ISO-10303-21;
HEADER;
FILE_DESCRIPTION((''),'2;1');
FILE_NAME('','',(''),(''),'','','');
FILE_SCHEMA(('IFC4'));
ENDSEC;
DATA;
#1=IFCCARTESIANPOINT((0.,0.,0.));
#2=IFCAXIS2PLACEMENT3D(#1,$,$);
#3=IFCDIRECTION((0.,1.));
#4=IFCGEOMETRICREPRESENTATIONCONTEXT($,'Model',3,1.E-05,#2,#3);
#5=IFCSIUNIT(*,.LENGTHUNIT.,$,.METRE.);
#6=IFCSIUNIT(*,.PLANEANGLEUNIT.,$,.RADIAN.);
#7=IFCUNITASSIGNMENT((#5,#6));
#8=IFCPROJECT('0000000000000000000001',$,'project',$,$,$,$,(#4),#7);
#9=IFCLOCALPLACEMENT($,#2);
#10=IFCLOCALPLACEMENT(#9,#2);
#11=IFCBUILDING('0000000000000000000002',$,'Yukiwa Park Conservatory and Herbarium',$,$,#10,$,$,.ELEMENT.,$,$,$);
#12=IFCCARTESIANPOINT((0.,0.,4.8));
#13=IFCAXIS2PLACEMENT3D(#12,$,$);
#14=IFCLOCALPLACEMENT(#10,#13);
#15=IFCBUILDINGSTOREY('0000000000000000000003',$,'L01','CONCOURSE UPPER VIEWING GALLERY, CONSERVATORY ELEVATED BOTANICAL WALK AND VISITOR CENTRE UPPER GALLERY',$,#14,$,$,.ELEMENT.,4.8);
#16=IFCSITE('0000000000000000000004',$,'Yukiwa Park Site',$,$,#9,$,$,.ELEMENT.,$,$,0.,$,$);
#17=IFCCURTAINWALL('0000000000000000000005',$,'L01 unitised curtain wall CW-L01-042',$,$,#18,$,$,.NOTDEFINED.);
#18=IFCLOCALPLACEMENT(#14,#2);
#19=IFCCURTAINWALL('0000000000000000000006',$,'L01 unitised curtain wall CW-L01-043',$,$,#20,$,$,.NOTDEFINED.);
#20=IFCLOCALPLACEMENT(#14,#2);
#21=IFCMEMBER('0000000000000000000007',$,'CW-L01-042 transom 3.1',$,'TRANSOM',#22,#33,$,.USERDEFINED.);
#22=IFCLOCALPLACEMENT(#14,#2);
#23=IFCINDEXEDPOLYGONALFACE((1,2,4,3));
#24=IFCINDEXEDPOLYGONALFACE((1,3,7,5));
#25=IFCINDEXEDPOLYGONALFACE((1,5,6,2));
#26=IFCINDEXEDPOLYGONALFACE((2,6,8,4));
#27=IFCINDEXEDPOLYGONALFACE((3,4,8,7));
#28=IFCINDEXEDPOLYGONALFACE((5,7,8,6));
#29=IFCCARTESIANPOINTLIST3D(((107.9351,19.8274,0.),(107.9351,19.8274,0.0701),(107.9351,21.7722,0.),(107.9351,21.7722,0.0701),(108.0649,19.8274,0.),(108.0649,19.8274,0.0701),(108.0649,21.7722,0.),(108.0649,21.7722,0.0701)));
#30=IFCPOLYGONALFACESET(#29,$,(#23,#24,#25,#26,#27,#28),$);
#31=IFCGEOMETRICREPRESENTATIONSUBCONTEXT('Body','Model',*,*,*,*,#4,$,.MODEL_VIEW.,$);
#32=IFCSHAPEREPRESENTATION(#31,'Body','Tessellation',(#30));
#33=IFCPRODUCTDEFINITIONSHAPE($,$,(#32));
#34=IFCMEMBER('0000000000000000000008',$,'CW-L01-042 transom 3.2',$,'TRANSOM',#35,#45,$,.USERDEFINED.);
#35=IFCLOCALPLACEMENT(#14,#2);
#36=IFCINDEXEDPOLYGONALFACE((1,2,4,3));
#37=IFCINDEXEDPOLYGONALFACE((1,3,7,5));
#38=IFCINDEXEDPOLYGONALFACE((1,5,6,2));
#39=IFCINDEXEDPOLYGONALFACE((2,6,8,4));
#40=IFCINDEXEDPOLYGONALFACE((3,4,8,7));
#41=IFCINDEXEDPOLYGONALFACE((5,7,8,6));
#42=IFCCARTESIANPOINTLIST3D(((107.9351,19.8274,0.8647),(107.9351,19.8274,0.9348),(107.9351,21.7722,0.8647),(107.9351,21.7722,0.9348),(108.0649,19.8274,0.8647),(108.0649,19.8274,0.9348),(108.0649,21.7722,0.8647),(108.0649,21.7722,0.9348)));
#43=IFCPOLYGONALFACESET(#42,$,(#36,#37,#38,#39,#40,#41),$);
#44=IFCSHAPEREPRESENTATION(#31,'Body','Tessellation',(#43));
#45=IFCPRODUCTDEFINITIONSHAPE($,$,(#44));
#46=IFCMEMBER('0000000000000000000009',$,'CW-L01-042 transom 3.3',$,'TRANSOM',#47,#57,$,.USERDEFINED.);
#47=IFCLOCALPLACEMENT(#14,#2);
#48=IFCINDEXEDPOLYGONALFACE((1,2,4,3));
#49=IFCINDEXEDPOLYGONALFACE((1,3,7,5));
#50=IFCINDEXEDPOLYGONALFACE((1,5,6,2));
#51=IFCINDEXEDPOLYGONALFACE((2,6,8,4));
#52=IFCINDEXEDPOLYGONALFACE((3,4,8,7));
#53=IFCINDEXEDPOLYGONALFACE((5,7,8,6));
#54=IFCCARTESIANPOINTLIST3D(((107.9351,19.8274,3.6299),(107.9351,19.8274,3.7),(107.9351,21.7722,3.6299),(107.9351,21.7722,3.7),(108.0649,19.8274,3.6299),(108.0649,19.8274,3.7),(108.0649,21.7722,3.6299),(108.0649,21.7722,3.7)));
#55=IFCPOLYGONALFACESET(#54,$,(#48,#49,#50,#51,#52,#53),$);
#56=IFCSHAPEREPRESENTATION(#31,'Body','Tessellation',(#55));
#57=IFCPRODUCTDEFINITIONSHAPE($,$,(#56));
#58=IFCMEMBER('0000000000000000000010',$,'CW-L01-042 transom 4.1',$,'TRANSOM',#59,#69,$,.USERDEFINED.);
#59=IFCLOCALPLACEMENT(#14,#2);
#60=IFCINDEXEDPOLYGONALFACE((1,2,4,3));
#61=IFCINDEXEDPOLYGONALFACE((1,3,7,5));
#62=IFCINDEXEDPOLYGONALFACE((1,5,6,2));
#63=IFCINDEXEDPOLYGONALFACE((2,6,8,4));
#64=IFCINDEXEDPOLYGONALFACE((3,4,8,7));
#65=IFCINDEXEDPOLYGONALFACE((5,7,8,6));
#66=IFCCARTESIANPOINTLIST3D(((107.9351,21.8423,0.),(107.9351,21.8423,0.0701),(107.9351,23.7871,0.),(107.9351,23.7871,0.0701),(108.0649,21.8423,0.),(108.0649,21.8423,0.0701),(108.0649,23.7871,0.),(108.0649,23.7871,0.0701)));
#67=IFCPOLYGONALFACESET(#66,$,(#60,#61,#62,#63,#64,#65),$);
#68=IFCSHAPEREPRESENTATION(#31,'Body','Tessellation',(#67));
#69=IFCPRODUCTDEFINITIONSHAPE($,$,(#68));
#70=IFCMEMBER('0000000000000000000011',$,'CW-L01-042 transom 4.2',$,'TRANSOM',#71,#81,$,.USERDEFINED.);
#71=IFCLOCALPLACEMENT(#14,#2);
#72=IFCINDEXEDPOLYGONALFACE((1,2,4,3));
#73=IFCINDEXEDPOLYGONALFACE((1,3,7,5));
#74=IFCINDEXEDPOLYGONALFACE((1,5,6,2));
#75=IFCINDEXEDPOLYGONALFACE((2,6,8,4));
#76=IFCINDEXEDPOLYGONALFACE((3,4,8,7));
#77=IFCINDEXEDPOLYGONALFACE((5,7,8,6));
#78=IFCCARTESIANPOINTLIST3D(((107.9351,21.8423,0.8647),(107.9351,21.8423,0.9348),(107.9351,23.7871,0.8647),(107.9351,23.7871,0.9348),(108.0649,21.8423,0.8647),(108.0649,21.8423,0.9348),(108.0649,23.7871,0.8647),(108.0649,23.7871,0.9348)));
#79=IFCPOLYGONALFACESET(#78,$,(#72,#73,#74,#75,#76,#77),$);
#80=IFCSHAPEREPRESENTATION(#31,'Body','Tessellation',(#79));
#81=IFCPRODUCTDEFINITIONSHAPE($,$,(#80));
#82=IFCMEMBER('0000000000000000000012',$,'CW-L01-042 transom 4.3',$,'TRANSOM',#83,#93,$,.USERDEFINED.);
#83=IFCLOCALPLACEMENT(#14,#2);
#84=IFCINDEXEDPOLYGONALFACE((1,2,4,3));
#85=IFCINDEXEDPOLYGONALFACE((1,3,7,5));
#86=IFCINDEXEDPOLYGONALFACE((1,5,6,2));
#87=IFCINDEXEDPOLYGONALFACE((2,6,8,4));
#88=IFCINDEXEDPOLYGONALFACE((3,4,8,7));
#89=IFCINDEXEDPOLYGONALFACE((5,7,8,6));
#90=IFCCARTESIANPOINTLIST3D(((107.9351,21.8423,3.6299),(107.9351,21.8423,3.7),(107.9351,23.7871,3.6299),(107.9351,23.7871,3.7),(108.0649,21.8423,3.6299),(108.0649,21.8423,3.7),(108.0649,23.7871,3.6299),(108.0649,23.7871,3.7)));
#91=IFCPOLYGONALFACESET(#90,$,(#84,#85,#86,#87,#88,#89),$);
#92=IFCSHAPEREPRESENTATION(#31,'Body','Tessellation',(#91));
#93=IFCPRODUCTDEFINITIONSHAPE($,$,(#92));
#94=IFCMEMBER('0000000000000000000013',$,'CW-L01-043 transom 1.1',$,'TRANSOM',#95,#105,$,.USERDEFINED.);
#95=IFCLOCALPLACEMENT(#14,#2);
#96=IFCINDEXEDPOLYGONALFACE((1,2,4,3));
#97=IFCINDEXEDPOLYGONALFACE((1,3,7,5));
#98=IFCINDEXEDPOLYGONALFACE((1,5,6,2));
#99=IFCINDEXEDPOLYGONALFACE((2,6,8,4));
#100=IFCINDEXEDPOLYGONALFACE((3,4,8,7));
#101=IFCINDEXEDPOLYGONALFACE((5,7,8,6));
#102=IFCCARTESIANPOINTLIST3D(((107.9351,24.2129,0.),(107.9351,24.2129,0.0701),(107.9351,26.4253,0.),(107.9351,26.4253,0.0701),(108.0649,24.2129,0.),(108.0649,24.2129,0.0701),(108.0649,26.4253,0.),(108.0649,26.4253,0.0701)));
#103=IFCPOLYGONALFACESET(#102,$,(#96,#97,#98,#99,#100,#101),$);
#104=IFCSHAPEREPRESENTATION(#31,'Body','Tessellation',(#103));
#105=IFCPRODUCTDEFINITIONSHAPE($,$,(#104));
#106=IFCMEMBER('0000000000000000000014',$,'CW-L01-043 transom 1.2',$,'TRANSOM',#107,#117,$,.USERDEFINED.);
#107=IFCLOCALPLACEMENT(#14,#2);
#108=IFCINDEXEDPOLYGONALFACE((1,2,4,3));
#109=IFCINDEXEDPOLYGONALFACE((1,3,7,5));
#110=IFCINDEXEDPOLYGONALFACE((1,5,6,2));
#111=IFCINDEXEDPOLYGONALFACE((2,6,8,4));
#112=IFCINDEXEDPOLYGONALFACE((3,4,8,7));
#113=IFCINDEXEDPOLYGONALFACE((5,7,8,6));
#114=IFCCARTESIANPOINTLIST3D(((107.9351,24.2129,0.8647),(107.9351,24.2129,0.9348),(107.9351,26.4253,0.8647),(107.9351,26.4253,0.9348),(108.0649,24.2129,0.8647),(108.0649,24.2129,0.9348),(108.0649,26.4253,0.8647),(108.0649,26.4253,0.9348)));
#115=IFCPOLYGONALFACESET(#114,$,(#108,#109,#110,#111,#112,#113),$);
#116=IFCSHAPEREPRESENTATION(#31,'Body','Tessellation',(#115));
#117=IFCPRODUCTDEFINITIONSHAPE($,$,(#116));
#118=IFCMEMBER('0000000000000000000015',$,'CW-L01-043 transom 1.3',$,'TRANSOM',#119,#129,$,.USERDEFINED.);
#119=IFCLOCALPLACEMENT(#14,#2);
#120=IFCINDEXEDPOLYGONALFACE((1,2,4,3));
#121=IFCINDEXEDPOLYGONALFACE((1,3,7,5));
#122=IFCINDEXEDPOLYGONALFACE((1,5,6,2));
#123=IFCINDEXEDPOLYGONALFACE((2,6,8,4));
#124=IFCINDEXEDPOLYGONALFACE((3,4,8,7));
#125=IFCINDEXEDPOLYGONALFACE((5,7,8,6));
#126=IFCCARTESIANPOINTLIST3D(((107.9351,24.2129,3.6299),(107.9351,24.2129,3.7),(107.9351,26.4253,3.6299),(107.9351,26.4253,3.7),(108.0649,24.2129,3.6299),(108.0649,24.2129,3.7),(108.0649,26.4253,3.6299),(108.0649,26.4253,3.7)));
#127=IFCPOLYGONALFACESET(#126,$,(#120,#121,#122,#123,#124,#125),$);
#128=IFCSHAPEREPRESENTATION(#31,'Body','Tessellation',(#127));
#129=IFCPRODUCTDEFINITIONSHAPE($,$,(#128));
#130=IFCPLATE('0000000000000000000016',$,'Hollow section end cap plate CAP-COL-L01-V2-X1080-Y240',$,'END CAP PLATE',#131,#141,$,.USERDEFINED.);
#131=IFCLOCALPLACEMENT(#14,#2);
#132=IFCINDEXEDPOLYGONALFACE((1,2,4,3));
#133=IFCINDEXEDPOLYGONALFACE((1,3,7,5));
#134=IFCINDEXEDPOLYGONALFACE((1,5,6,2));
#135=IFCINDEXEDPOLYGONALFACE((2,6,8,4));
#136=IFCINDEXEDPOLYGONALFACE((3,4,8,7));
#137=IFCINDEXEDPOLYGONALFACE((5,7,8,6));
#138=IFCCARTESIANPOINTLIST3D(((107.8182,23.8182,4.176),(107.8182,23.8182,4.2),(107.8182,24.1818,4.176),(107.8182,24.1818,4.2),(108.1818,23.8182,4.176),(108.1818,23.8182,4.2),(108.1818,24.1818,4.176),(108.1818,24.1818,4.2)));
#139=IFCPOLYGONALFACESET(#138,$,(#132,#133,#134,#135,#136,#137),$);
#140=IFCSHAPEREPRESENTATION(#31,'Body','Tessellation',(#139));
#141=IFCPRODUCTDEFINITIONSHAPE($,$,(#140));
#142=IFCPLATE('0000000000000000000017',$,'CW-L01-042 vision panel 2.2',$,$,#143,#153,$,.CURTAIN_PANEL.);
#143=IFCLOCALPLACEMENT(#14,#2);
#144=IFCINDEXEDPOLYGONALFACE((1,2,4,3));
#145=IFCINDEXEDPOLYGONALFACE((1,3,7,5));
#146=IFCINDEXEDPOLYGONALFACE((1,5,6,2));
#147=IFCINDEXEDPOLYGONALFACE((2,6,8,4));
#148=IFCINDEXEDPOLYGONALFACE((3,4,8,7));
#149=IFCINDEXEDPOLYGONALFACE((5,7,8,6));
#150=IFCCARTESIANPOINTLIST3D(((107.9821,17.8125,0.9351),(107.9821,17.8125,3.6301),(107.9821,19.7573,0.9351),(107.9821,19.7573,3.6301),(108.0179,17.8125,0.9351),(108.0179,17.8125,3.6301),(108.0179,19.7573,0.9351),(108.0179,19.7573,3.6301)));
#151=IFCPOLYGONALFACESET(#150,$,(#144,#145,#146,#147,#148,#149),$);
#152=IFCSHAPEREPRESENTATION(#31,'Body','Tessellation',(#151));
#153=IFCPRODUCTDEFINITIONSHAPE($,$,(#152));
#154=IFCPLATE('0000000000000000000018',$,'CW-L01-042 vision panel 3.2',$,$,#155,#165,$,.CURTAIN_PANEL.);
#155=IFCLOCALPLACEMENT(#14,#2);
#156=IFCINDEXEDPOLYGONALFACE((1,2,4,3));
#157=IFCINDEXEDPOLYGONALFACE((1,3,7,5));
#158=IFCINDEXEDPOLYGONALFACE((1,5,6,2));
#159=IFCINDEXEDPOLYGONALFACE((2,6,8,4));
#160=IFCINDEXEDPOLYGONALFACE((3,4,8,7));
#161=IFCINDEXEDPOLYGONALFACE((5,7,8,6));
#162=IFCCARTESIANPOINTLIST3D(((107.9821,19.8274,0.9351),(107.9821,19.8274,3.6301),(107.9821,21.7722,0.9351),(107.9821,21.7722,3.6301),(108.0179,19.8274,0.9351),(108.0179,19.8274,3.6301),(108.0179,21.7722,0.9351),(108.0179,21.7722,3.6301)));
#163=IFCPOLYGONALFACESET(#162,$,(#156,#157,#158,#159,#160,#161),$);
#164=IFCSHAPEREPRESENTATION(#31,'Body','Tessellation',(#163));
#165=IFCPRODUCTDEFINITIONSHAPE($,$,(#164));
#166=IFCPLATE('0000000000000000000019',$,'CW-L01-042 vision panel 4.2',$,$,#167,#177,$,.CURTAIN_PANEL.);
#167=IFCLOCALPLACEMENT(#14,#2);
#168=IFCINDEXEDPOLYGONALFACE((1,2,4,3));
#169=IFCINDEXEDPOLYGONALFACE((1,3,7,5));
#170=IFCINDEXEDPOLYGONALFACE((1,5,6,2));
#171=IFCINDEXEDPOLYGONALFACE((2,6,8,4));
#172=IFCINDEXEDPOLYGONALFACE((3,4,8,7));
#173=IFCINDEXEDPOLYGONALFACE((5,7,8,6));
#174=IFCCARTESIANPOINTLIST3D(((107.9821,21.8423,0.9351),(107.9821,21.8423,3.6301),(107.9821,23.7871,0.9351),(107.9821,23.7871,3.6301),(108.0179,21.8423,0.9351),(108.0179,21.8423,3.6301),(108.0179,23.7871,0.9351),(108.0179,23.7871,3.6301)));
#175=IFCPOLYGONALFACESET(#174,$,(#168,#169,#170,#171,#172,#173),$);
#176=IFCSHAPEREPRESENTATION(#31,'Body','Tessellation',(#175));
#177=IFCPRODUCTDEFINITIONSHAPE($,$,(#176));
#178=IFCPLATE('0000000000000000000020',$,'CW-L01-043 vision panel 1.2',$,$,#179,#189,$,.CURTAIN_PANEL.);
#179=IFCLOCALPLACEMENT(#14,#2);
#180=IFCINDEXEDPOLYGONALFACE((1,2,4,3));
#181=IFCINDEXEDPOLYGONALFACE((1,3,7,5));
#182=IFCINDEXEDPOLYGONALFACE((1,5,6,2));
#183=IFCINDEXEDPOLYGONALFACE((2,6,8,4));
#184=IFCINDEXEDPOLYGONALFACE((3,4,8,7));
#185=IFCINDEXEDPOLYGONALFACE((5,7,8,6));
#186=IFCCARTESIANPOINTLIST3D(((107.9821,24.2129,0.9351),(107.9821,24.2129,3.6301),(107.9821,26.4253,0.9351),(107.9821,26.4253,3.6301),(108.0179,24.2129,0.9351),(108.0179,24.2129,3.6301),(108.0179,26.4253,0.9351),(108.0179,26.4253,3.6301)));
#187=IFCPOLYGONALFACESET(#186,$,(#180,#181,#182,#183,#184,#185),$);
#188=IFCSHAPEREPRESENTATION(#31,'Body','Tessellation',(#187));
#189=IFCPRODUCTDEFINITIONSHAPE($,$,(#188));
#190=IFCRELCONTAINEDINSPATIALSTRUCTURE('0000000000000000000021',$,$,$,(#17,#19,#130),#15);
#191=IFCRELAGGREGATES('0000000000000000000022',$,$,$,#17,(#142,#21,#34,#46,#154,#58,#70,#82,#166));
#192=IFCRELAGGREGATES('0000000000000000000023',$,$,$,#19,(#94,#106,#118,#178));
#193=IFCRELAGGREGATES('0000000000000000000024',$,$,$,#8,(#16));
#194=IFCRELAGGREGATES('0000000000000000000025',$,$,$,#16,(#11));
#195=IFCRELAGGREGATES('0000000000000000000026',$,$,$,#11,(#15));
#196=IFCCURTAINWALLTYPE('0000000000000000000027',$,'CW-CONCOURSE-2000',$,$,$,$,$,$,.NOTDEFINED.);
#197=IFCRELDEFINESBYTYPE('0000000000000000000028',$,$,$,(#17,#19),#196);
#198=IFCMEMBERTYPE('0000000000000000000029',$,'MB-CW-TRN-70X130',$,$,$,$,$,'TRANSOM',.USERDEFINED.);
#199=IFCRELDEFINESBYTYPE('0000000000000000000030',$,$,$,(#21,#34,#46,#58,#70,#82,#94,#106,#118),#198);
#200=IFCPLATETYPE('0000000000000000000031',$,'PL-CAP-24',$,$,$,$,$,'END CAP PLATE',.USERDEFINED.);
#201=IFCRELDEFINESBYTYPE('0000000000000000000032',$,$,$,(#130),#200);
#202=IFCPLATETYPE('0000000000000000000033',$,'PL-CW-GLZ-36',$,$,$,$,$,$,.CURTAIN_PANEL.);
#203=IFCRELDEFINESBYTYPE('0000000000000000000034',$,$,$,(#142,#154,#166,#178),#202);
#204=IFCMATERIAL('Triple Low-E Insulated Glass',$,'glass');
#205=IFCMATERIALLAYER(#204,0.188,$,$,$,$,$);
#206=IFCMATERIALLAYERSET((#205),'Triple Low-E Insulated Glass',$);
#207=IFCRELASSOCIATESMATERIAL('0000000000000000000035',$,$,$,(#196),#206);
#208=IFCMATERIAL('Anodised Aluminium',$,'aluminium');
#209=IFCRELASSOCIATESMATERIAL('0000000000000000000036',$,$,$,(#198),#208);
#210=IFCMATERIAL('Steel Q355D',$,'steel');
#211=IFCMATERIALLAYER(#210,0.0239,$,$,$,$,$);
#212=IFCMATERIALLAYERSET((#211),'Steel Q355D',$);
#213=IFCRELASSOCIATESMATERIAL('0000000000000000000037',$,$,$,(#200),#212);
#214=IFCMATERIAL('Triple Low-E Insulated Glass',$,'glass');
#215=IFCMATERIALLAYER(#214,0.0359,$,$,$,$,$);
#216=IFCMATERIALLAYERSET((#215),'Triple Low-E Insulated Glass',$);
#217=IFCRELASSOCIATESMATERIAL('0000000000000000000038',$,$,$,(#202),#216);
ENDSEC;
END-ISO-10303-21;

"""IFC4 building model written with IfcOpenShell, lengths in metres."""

from ifc_helpers import new_model, si_unit, direction, frame, origin, origin_2d, place, context, subcontext, project, spatial, rectangle, extrude, material, layer, layer_set, type_object, element, aggregate, save


model = new_model("IFC4")

# Units and contexts
model_context = context("Model", 3, precision=1e-05, world=origin(), true_north=direction((0.0, 1.0)))
body_context = subcontext(model_context, "Body", "Model", "MODEL_VIEW")
ifc_project = project(units=[si_unit("LENGTHUNIT", "METRE"), si_unit("PLANEANGLEUNIT", "RADIAN")], contexts=[model_context])

# Site, building, storey
site_placement = place(None, origin())
site = spatial("IfcSite", under=ifc_project, at=site_placement, Name="Yukiwa Park Site", CompositionType="ELEMENT", RefElevation=0.0)
building_placement = place(site_placement, origin())
building = spatial("IfcBuilding", under=site, at=building_placement, Name="Yukiwa Park Conservatory and Herbarium", CompositionType="ELEMENT")
storey_placement = place(building_placement, frame((0.0, 0.0, 4.8)))
storey = spatial("IfcBuildingStorey", under=building, at=storey_placement, Name="L01", Description="CONCOURSE UPPER VIEWING GALLERY, CONSERVATORY ELEVATED BOTANICAL WALK AND VISITOR CENTRE UPPER GALLERY", CompositionType="ELEMENT", Elevation=4.8)

# Curtain walls
ifc_material_1 = material(Name="Triple Low-E Insulated Glass", Category="glass")
ifc_layer_1 = layer(ifc_material_1, 0.188)
ifc_layer_set_1 = layer_set([ifc_layer_1], Name="Triple Low-E Insulated Glass")
curtain_wall_type = type_object("IfcCurtainWallType", Name="CW-CONCOURSE-2000", PredefinedType="NOTDEFINED", material=ifc_layer_set_1)
curtain_wall_1_placement = place(storey_placement, origin())
curtain_wall_1 = element("IfcCurtainWall", 1, at=curtain_wall_1_placement, inside=storey, type_object=curtain_wall_type, Name="L01 unitised curtain wall CW-L01-042", PredefinedType="NOTDEFINED")
curtain_wall_2_placement = place(storey_placement, origin())
curtain_wall_2 = element("IfcCurtainWall", 2, at=curtain_wall_2_placement, inside=storey, type_object=curtain_wall_type, Name="L01 unitised curtain wall CW-L01-043", PredefinedType="NOTDEFINED")

# Members
ifc_material_2 = material(Name="Anodised Aluminium", Category="aluminium")
member_type_1 = type_object("IfcMemberType", Name="MB-CW-TRN-70X130", ElementType="TRANSOM", PredefinedType="USERDEFINED", material=ifc_material_2)
member_1_placement = place(storey_placement, frame((108.0, 20.7998, 0.0), z_axis=(0.0, 0.0, 1.0), x_axis=(0.0, 1.0, 0.0)))
member_1 = element("IfcMember", 3, at=member_1_placement, type_object=member_type_1, Name="CW-L01-042 transom 3.1", ObjectType="TRANSOM", PredefinedType="USERDEFINED", context=body_context, shape_type="SweptSolid", body=[
    extrude(rectangle(XDim=1.9448, YDim=0.1299, at=origin_2d()), origin(), (0.0, 0.0, 1.0), 0.0701),
])
member_2_placement = place(storey_placement, frame((108.0, 20.7998, 0.8647), z_axis=(0.0, 0.0, 1.0), x_axis=(0.0, 1.0, 0.0)))
member_2 = element("IfcMember", 4, at=member_2_placement, type_object=member_type_1, Name="CW-L01-042 transom 3.2", ObjectType="TRANSOM", PredefinedType="USERDEFINED", context=body_context, shape_type="SweptSolid", body=[
    extrude(rectangle(XDim=1.9448, YDim=0.1299, at=origin_2d()), origin(), (0.0, 0.0, 1.0), 0.0701),
])
member_3_placement = place(storey_placement, frame((108.0, 20.7998, 3.6299), z_axis=(0.0, 0.0, 1.0), x_axis=(0.0, 1.0, 0.0)))
member_3 = element("IfcMember", 5, at=member_3_placement, type_object=member_type_1, Name="CW-L01-042 transom 3.3", ObjectType="TRANSOM", PredefinedType="USERDEFINED", context=body_context, shape_type="SweptSolid", body=[
    extrude(rectangle(XDim=1.9448, YDim=0.1299, at=origin_2d()), origin(), (0.0, 0.0, 1.0), 0.0701),
])
member_4_placement = place(storey_placement, frame((108.0, 22.8147, 0.0), z_axis=(0.0, 0.0, 1.0), x_axis=(0.0, 1.0, 0.0)))
member_4 = element("IfcMember", 6, at=member_4_placement, type_object=member_type_1, Name="CW-L01-042 transom 4.1", ObjectType="TRANSOM", PredefinedType="USERDEFINED", context=body_context, shape_type="SweptSolid", body=[
    extrude(rectangle(XDim=1.9448, YDim=0.1299, at=origin_2d()), origin(), (0.0, 0.0, 1.0), 0.0701),
])
member_5_placement = place(storey_placement, frame((108.0, 22.8147, 0.8647), z_axis=(0.0, 0.0, 1.0), x_axis=(0.0, 1.0, 0.0)))
member_5 = element("IfcMember", 7, at=member_5_placement, type_object=member_type_1, Name="CW-L01-042 transom 4.2", ObjectType="TRANSOM", PredefinedType="USERDEFINED", context=body_context, shape_type="SweptSolid", body=[
    extrude(rectangle(XDim=1.9448, YDim=0.1299, at=origin_2d()), origin(), (0.0, 0.0, 1.0), 0.0701),
])
member_6_placement = place(storey_placement, frame((108.0, 22.8147, 3.6299), z_axis=(0.0, 0.0, 1.0), x_axis=(0.0, 1.0, 0.0)))
member_6 = element("IfcMember", 8, at=member_6_placement, type_object=member_type_1, Name="CW-L01-042 transom 4.3", ObjectType="TRANSOM", PredefinedType="USERDEFINED", context=body_context, shape_type="SweptSolid", body=[
    extrude(rectangle(XDim=1.9448, YDim=0.1299, at=origin_2d()), origin(), (0.0, 0.0, 1.0), 0.0701),
])
member_7_placement = place(storey_placement, frame((108.0, 25.3191, 0.0), z_axis=(0.0, 0.0, 1.0), x_axis=(0.0, 1.0, 0.0)))
member_7 = element("IfcMember", 9, at=member_7_placement, type_object=member_type_1, Name="CW-L01-043 transom 1.1", ObjectType="TRANSOM", PredefinedType="USERDEFINED", context=body_context, shape_type="SweptSolid", body=[
    extrude(rectangle(XDim=2.2124, YDim=0.1299, at=origin_2d()), origin(), (0.0, 0.0, 1.0), 0.0701),
])
member_8_placement = place(storey_placement, frame((108.0, 25.3191, 0.8647), z_axis=(0.0, 0.0, 1.0), x_axis=(0.0, 1.0, 0.0)))
member_8 = element("IfcMember", 10, at=member_8_placement, type_object=member_type_1, Name="CW-L01-043 transom 1.2", ObjectType="TRANSOM", PredefinedType="USERDEFINED", context=body_context, shape_type="SweptSolid", body=[
    extrude(rectangle(XDim=2.2124, YDim=0.1299, at=origin_2d()), origin(), (0.0, 0.0, 1.0), 0.0701),
])
member_9_placement = place(storey_placement, frame((108.0, 25.3191, 3.6299), z_axis=(0.0, 0.0, 1.0), x_axis=(0.0, 1.0, 0.0)))
member_9 = element("IfcMember", 11, at=member_9_placement, type_object=member_type_1, Name="CW-L01-043 transom 1.3", ObjectType="TRANSOM", PredefinedType="USERDEFINED", context=body_context, shape_type="SweptSolid", body=[
    extrude(rectangle(XDim=2.2124, YDim=0.1299, at=origin_2d()), origin(), (0.0, 0.0, 1.0), 0.0701),
])

# Plates
ifc_material_3 = material(Name="Steel Q355D", Category="steel")
ifc_layer_2 = layer(ifc_material_3, 0.0239)
ifc_layer_set_2 = layer_set([ifc_layer_2], Name="Steel Q355D")
plate_type_1 = type_object("IfcPlateType", Name="PL-CAP-24", ElementType="END CAP PLATE", PredefinedType="USERDEFINED", material=ifc_layer_set_2)
plate_1_placement = place(storey_placement, frame((108.0, 24.0, 4.176), z_axis=(0.0, 0.0, 1.0), x_axis=(1.0, 0.0, 0.0)))
element("IfcPlate", 12, at=plate_1_placement, inside=storey, type_object=plate_type_1, Name="Hollow section end cap plate CAP-COL-L01-V2-X1080-Y240", ObjectType="END CAP PLATE", PredefinedType="USERDEFINED", context=body_context, shape_type="SweptSolid", body=[
    extrude(rectangle(XDim=0.3635, YDim=0.3635, at=origin_2d()), origin(), (0.0, 0.0, 1.0), 0.0239),
])
ifc_material_4 = material(Name="Triple Low-E Insulated Glass", Category="glass")
ifc_layer_3 = layer(ifc_material_4, 0.0359)
ifc_layer_set_3 = layer_set([ifc_layer_3], Name="Triple Low-E Insulated Glass")
plate_type_2 = type_object("IfcPlateType", Name="PL-CW-GLZ-36", PredefinedType="CURTAIN_PANEL", material=ifc_layer_set_3)
plate_2_placement = place(storey_placement, frame((108.0, 18.7849, 0.9351), z_axis=(0.0, 0.0, 1.0), x_axis=(0.0, 1.0, 0.0)))
plate_2 = element("IfcPlate", 13, at=plate_2_placement, type_object=plate_type_2, Name="CW-L01-042 vision panel 2.2", PredefinedType="CURTAIN_PANEL", context=body_context, shape_type="SweptSolid", body=[
    extrude(rectangle(XDim=1.9448, YDim=0.0359, at=origin_2d()), origin(), (0.0, 0.0, 1.0), 2.6951),
])
plate_3_placement = place(storey_placement, frame((108.0, 20.7998, 0.9351), z_axis=(0.0, 0.0, 1.0), x_axis=(0.0, 1.0, 0.0)))
plate_3 = element("IfcPlate", 14, at=plate_3_placement, type_object=plate_type_2, Name="CW-L01-042 vision panel 3.2", PredefinedType="CURTAIN_PANEL", context=body_context, shape_type="SweptSolid", body=[
    extrude(rectangle(XDim=1.9448, YDim=0.0359, at=origin_2d()), origin(), (0.0, 0.0, 1.0), 2.6951),
])
plate_4_placement = place(storey_placement, frame((108.0, 22.8147, 0.9351), z_axis=(0.0, 0.0, 1.0), x_axis=(0.0, 1.0, 0.0)))
plate_4 = element("IfcPlate", 15, at=plate_4_placement, type_object=plate_type_2, Name="CW-L01-042 vision panel 4.2", PredefinedType="CURTAIN_PANEL", context=body_context, shape_type="SweptSolid", body=[
    extrude(rectangle(XDim=1.9448, YDim=0.0359, at=origin_2d()), origin(), (0.0, 0.0, 1.0), 2.6951),
])
plate_5_placement = place(storey_placement, frame((108.0, 25.3191, 0.9351), z_axis=(0.0, 0.0, 1.0), x_axis=(0.0, 1.0, 0.0)))
plate_5 = element("IfcPlate", 16, at=plate_5_placement, type_object=plate_type_2, Name="CW-L01-043 vision panel 1.2", PredefinedType="CURTAIN_PANEL", context=body_context, shape_type="SweptSolid", body=[
    extrude(rectangle(XDim=2.2124, YDim=0.0359, at=origin_2d()), origin(), (0.0, 0.0, 1.0), 2.6951),
])
aggregate(curtain_wall_1, [plate_2, member_1, member_2, member_3, plate_3, member_4, member_5, member_6, plate_4])
aggregate(curtain_wall_2, [member_7, member_8, member_9, plate_5])

save(model, "model.ifc")
